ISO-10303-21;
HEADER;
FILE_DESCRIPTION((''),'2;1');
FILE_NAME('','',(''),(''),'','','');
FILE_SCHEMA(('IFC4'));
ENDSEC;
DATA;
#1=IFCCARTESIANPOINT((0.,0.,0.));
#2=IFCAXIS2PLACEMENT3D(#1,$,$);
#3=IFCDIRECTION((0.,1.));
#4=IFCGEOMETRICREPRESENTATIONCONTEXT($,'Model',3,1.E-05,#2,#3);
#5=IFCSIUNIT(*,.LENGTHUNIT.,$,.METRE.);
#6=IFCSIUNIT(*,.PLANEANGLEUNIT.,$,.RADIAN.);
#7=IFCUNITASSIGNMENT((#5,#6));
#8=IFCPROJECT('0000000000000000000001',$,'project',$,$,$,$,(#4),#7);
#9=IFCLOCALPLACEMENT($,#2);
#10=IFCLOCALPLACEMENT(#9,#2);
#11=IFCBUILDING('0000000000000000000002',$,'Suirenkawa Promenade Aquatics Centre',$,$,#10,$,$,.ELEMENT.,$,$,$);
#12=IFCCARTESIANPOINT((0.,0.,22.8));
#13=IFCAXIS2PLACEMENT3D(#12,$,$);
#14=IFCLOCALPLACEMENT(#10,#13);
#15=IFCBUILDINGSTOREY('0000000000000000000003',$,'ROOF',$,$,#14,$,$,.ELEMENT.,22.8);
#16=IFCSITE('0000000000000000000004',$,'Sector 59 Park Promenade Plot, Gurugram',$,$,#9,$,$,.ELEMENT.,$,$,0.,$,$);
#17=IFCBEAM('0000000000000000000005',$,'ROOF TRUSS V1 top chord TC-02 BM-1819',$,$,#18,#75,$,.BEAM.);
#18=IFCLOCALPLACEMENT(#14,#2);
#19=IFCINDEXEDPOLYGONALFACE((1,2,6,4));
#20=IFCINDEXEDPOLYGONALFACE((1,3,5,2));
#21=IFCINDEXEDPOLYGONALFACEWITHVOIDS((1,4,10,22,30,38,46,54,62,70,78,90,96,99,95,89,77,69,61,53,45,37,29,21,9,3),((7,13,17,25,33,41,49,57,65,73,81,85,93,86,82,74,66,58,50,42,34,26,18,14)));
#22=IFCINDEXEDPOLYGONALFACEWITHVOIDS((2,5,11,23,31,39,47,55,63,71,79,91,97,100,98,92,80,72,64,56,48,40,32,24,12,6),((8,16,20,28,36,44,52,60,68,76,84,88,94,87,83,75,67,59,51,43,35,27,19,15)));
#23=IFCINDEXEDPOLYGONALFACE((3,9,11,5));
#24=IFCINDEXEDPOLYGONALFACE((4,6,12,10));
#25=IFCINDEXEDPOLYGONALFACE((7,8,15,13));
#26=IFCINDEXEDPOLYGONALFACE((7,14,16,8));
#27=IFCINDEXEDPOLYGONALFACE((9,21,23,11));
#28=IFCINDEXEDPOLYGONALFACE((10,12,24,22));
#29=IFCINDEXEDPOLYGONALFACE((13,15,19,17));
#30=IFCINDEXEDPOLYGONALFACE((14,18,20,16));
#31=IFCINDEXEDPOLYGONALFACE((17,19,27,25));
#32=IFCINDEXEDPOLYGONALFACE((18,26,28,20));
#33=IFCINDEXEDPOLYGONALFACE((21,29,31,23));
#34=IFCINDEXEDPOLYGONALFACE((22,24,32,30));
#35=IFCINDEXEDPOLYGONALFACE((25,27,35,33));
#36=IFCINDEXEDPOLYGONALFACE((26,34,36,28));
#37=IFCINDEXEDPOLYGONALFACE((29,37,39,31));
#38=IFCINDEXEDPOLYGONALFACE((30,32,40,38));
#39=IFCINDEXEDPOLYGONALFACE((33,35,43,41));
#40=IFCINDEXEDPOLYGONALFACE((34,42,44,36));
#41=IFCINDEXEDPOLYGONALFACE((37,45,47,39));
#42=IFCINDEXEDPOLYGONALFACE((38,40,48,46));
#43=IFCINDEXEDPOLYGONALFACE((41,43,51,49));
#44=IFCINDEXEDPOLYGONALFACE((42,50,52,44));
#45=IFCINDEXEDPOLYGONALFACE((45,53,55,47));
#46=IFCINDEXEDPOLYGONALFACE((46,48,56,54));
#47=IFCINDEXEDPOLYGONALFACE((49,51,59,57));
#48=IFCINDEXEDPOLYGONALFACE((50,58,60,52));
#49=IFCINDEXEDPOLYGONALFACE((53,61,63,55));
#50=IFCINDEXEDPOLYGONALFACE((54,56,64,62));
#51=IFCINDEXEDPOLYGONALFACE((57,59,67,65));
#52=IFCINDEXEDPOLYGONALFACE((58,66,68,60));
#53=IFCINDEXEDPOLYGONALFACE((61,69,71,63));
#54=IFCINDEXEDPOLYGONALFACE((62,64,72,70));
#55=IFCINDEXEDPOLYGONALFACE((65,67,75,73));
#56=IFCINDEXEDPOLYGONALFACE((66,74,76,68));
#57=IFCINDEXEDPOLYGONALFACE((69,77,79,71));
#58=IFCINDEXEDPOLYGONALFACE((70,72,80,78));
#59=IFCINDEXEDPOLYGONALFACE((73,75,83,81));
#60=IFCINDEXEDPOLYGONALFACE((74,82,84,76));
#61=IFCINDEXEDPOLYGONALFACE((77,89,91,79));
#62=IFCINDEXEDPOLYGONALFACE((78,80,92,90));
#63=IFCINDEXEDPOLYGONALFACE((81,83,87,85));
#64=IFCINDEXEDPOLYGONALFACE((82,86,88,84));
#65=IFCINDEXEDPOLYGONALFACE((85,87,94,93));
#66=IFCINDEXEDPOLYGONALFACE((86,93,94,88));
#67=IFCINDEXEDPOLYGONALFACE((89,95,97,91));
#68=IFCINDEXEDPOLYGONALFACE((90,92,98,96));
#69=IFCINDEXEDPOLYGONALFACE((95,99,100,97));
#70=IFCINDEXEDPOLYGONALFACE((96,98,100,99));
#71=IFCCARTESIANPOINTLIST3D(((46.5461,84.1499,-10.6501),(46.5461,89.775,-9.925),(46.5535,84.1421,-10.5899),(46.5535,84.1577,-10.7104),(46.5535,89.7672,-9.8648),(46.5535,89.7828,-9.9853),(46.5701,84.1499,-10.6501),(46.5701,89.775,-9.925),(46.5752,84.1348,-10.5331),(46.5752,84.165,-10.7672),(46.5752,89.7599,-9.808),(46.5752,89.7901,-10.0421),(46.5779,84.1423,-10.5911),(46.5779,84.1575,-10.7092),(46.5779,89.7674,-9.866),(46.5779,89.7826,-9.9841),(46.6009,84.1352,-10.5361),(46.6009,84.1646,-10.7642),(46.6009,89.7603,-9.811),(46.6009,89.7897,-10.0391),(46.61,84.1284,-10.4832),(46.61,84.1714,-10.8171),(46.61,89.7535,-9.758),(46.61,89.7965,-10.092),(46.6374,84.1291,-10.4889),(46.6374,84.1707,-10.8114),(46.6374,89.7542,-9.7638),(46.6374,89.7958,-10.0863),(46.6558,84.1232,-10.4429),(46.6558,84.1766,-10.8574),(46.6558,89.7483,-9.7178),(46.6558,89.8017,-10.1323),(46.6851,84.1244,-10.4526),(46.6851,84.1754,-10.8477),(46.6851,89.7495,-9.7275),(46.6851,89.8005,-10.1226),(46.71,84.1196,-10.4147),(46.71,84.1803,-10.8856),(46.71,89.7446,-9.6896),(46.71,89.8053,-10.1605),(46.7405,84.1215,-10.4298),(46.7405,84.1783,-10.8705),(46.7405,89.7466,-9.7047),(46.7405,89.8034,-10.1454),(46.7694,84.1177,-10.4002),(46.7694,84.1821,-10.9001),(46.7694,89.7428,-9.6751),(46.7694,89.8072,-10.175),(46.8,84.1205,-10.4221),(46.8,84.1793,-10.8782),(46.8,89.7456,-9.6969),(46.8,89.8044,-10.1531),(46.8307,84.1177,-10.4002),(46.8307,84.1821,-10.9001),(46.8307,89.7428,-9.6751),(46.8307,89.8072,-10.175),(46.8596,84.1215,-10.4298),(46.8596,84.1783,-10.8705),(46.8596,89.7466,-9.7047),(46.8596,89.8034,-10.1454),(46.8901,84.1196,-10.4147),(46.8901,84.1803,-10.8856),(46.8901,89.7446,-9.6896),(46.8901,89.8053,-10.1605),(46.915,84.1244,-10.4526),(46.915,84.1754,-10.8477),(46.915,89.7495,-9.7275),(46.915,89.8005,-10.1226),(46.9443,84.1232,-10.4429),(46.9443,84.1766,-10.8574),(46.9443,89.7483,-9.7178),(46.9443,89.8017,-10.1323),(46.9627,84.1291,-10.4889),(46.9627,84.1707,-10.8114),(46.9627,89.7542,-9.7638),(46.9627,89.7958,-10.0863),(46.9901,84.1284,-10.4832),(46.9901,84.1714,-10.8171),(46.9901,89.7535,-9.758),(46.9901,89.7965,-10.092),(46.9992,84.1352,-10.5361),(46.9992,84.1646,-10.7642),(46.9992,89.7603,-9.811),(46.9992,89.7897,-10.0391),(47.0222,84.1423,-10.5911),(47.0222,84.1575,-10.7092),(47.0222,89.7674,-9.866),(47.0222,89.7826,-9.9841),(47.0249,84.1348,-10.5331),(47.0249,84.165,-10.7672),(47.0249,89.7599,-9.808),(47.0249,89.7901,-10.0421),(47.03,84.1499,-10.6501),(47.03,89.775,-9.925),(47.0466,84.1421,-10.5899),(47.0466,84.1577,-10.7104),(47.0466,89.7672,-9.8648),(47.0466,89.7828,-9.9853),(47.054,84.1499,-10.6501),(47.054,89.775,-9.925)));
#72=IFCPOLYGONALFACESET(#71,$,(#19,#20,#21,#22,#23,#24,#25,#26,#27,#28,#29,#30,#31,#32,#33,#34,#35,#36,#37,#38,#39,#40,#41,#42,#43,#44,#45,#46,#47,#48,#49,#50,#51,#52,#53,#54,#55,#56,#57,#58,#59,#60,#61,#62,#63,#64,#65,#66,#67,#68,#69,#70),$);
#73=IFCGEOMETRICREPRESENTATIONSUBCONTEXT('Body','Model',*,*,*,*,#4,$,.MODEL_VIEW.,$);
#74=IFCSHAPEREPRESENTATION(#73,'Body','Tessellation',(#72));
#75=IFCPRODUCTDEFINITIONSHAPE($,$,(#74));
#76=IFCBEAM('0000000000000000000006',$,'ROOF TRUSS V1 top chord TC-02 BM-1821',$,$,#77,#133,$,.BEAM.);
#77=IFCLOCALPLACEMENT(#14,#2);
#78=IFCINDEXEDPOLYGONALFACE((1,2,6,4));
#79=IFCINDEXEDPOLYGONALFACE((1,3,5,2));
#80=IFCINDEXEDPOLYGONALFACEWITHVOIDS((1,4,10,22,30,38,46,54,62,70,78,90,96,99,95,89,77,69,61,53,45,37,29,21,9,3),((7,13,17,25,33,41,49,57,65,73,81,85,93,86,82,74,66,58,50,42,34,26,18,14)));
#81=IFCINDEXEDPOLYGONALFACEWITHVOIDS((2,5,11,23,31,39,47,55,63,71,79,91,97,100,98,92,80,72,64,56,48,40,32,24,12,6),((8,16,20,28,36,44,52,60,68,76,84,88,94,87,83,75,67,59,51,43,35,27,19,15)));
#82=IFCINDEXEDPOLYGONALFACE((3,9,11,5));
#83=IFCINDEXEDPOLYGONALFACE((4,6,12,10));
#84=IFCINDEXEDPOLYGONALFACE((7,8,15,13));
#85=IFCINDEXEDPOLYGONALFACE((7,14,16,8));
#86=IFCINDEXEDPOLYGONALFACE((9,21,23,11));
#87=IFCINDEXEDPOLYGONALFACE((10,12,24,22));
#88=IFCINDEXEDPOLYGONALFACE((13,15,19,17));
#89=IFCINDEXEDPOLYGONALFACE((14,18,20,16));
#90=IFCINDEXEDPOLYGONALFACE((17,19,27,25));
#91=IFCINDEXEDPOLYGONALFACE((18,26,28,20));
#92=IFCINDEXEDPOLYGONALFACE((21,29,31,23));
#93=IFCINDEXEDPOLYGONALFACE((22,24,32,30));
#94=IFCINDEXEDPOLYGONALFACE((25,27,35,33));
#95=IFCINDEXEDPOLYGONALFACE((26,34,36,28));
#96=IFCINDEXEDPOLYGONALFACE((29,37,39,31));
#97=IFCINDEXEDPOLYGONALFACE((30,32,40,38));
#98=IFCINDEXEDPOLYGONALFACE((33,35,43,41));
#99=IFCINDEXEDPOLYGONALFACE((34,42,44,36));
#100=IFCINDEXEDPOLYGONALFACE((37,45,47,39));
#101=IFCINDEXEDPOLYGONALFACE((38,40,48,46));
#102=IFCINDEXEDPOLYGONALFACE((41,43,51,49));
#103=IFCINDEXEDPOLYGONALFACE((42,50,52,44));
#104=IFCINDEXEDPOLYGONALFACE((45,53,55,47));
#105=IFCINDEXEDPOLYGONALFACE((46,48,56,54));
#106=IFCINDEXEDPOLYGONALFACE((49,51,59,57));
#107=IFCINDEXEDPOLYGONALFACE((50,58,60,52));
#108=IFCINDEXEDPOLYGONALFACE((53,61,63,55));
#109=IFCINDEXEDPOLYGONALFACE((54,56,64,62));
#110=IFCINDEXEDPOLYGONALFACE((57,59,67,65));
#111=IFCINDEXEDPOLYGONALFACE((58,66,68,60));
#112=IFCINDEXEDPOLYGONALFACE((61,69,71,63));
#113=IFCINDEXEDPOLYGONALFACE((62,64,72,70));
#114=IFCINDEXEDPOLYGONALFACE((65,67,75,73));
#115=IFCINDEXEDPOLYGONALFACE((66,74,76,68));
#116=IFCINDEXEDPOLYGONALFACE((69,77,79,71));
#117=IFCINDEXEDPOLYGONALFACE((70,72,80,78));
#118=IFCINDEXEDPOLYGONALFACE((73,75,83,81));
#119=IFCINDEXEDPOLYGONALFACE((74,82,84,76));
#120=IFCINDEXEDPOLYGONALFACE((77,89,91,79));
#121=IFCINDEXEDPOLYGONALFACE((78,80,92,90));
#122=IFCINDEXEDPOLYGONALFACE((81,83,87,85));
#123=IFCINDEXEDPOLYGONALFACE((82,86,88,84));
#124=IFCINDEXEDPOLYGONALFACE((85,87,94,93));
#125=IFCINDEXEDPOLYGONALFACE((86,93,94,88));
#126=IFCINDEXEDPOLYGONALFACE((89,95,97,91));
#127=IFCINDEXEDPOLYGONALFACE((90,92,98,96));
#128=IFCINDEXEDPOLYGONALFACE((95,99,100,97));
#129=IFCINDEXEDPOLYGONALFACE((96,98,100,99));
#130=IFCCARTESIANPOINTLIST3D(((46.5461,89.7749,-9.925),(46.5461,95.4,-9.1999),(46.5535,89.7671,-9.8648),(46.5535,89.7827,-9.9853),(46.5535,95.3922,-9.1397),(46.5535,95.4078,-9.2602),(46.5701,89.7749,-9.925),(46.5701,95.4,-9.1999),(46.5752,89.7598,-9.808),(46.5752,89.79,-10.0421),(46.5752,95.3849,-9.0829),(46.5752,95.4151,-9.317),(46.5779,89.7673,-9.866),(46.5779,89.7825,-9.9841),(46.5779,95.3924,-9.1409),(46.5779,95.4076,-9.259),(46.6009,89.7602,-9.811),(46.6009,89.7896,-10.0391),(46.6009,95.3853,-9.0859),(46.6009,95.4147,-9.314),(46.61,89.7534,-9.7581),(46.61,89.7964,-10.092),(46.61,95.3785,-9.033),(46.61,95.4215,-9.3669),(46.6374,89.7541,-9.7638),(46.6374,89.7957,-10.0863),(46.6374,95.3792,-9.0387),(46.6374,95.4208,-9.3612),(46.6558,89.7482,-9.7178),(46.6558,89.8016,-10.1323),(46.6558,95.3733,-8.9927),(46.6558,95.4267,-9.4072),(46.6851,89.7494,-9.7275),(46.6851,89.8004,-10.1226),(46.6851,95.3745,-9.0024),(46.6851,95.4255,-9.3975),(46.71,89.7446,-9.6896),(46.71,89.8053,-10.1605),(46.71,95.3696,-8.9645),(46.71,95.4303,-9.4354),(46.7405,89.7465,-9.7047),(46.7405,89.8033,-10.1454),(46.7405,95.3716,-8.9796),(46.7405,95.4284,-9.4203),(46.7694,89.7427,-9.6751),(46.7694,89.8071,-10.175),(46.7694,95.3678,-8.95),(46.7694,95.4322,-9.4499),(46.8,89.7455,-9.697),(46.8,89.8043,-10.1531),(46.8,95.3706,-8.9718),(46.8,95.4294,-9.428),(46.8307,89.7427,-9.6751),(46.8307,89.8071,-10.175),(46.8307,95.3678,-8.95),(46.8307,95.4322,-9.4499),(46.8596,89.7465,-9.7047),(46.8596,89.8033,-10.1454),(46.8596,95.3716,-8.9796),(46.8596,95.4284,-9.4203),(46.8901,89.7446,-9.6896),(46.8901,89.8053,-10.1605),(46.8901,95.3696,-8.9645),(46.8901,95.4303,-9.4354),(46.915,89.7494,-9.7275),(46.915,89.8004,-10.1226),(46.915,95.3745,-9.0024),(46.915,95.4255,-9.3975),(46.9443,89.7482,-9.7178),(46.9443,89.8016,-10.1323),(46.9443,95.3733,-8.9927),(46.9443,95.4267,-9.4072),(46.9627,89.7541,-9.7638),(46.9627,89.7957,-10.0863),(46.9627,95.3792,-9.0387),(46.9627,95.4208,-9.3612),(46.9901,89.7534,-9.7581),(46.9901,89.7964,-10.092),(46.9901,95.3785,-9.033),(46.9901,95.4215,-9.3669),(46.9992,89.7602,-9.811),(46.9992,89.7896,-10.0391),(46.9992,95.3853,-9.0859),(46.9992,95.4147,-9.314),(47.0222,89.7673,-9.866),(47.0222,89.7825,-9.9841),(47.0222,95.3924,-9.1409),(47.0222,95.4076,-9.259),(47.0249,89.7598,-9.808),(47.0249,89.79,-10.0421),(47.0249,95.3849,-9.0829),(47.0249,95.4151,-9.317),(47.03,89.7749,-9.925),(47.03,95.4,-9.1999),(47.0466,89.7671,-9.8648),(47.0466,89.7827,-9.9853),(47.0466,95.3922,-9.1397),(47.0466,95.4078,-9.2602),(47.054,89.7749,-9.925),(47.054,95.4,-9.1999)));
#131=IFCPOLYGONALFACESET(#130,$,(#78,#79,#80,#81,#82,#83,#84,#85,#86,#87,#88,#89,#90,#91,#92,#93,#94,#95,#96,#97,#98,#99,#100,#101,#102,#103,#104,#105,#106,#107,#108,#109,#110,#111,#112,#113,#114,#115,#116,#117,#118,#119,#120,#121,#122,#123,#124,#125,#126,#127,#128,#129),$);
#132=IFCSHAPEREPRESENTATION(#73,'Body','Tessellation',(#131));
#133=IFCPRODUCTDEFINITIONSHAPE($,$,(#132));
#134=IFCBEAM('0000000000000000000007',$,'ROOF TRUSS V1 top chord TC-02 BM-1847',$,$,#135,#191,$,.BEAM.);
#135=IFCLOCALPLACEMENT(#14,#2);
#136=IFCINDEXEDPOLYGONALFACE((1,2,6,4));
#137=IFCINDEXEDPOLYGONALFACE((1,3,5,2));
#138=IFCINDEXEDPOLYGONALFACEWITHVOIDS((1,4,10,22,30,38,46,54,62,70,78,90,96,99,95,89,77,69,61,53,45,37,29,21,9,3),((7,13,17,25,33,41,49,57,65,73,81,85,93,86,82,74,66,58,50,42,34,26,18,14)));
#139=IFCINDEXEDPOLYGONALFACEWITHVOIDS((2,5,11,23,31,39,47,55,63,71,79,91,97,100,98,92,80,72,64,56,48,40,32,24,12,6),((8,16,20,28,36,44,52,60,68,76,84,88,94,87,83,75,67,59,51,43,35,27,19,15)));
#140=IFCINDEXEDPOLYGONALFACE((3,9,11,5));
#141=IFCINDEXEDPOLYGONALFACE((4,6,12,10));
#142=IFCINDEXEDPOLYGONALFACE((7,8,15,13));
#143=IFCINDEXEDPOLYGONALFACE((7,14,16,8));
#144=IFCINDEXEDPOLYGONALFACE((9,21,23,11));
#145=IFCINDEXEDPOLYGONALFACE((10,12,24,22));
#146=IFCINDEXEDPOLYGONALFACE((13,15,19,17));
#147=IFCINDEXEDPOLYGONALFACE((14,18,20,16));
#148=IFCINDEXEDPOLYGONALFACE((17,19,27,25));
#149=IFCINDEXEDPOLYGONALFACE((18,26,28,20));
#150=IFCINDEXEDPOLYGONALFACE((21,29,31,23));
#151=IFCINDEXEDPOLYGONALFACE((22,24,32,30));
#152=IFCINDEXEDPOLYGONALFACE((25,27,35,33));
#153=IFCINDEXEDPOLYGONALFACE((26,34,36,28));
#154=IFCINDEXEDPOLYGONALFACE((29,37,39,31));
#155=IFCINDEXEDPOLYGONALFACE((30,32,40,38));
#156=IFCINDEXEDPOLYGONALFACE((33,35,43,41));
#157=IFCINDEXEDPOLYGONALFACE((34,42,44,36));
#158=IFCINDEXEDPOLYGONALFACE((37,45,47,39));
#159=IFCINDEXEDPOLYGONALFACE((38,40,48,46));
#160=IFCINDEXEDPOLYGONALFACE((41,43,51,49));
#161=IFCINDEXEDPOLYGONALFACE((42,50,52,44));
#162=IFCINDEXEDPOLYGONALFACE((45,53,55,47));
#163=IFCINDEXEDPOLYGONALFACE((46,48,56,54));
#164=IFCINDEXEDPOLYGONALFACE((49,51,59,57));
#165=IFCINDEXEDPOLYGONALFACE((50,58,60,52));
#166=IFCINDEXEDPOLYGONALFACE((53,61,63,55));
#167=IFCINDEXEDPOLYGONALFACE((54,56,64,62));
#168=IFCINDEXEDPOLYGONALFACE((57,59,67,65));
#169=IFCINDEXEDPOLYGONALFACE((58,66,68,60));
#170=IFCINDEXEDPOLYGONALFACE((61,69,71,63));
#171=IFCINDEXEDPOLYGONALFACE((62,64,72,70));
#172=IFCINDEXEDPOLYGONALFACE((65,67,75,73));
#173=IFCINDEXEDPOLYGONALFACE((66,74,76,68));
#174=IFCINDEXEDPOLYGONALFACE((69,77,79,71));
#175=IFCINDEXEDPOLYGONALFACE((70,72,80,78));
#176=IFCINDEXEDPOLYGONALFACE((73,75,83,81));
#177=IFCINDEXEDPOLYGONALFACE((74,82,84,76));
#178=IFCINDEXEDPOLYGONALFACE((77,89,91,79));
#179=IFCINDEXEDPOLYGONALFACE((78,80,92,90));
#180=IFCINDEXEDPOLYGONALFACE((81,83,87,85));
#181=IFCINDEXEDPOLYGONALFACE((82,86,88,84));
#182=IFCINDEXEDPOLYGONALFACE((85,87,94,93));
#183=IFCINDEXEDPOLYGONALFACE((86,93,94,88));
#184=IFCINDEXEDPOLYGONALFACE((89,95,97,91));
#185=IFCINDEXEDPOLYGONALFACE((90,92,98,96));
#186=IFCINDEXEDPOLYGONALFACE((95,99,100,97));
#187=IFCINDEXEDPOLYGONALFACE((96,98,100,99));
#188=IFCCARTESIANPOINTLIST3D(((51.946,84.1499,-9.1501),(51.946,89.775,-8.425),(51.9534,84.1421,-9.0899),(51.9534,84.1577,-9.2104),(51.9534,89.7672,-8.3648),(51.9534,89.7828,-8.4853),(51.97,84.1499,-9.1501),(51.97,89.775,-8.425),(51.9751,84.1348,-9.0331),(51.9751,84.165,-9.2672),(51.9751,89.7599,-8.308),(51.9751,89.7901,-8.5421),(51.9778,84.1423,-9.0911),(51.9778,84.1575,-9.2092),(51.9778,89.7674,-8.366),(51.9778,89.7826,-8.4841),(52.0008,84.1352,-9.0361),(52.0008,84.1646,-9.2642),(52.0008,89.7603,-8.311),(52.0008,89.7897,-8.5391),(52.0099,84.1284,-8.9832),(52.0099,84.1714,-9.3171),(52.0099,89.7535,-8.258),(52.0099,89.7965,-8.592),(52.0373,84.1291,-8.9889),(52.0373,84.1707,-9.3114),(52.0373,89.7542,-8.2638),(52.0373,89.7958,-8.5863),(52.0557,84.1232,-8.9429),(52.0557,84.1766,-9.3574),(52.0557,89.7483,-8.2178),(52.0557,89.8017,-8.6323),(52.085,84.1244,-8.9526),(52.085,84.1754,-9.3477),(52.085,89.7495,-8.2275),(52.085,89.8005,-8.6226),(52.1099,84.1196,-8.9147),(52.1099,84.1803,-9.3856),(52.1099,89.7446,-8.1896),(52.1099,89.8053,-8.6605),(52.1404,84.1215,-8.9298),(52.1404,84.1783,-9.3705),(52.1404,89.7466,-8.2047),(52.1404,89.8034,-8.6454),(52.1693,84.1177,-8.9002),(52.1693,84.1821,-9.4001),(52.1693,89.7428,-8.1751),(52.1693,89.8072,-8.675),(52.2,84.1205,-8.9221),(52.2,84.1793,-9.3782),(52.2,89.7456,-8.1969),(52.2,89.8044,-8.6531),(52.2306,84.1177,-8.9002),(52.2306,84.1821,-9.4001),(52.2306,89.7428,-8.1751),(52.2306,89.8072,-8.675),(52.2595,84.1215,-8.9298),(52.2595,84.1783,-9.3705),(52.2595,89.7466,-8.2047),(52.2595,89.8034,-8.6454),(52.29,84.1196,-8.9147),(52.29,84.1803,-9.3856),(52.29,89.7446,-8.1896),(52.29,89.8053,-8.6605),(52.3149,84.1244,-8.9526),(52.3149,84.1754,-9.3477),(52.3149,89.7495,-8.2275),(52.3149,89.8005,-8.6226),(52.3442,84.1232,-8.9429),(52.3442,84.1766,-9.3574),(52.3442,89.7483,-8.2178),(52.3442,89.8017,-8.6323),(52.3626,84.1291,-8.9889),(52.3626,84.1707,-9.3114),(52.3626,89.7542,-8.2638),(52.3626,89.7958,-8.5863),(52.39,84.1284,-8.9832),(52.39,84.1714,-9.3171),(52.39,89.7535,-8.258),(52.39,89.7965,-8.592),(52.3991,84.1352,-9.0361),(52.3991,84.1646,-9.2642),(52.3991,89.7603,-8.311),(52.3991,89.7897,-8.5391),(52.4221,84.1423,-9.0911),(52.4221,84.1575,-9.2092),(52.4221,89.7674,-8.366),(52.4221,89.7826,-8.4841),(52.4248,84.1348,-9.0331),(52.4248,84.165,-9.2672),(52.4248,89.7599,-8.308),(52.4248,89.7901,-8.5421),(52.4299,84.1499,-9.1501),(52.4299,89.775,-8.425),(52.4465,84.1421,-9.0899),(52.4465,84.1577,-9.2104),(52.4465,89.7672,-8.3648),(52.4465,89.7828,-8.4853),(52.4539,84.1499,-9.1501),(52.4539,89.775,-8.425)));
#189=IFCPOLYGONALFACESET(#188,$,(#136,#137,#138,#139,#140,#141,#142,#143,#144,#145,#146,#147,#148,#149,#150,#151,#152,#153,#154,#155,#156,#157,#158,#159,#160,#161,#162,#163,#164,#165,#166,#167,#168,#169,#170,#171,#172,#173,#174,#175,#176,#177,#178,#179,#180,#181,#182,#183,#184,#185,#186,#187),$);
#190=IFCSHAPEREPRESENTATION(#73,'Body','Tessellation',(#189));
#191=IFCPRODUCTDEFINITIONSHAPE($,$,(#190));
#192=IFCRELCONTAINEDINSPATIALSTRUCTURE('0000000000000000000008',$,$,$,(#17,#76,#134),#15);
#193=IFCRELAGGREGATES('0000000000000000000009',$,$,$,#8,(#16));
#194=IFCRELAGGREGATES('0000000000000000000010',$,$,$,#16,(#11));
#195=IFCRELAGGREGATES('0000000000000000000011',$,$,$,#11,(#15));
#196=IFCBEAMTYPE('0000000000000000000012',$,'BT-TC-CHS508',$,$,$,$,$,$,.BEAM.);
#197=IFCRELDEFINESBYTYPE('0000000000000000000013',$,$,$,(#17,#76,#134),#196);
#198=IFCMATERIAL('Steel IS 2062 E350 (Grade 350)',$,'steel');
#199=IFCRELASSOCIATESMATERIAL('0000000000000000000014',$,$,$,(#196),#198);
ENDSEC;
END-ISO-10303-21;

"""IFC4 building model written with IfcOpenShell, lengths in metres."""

from ifc_helpers import new_model, si_unit, direction, frame, origin, origin_2d, place, context, subcontext, project, spatial, hollow_circle, extrude, material, material_profile, profile_set, type_object, element, save


model = new_model("IFC4")

# Units and contexts
model_context = context("Model", 3, precision=1e-05, world=origin(), true_north=direction((0.0, 1.0)))
body_context = subcontext(model_context, "Body", "Model", "MODEL_VIEW")
ifc_project = project(units=[si_unit("LENGTHUNIT", "METRE"), si_unit("PLANEANGLEUNIT", "RADIAN")], contexts=[model_context])

# Site, building, storey
site_placement = place(None, origin())
site = spatial("IfcSite", under=ifc_project, at=site_placement, Name="Sector 59 Park Promenade Plot, Gurugram", CompositionType="ELEMENT", RefElevation=0.0)
building_placement = place(site_placement, origin())
building = spatial("IfcBuilding", under=site, at=building_placement, Name="Suirenkawa Promenade Aquatics Centre", CompositionType="ELEMENT")
storey_placement = place(building_placement, frame((0.0, 0.0, 22.8)))
storey = spatial("IfcBuildingStorey", under=building, at=storey_placement, Name="ROOF", CompositionType="ELEMENT", Elevation=22.8)

# Beams
ifc_material = material(Name="Steel IS 2062 E350 (Grade 350)", Category="steel")
ifc_material_profile_1 = material_profile(ifc_material, hollow_circle(Radius=0.2539, WallThickness=0.0239, at=origin_2d()), Name="CHS 508x24", Category="steel")
ifc_profile_set_1 = profile_set([ifc_material_profile_1], Name="Steel IS 2062 E350 (Grade 350)")
beam_type_1 = type_object("IfcBeamType", Name="BT-TC-CHS508", PredefinedType="BEAM", material=ifc_profile_set_1)
for number, where, z_axis, x_axis, name in (
    (1, (46.8, 84.1499, -10.6501), (0.0, 0.991794, 0.127848), (-1.0, 0.0, 0.0), "ROOF TRUSS V1 top chord TC-02 BM-1819"),
    (2, (46.8, 89.7749, -9.925), (0.0, 0.991794, 0.127848), (-1.0, 0.0, 0.0), "ROOF TRUSS V1 top chord TC-02 BM-1821"),
    (3, (52.2, 84.1499, -9.1501), (0.0, 0.991794, 0.127848), (-1.0, 0.0, 0.0), "ROOF TRUSS V1 top chord TC-02 BM-1847"),
):
    element("IfcBeam", number, at=place(storey_placement, frame(where, z_axis=z_axis, x_axis=x_axis)), inside=storey, type_object=beam_type_1, Name=name, PredefinedType="BEAM", context=body_context, shape_type="SweptSolid", body=[
        extrude(hollow_circle(Radius=0.2539, WallThickness=0.0239, at=origin_2d()), origin(), (0.0, 0.0, 1.0), 5.6716),
    ])

save(model, "model.ifc")
